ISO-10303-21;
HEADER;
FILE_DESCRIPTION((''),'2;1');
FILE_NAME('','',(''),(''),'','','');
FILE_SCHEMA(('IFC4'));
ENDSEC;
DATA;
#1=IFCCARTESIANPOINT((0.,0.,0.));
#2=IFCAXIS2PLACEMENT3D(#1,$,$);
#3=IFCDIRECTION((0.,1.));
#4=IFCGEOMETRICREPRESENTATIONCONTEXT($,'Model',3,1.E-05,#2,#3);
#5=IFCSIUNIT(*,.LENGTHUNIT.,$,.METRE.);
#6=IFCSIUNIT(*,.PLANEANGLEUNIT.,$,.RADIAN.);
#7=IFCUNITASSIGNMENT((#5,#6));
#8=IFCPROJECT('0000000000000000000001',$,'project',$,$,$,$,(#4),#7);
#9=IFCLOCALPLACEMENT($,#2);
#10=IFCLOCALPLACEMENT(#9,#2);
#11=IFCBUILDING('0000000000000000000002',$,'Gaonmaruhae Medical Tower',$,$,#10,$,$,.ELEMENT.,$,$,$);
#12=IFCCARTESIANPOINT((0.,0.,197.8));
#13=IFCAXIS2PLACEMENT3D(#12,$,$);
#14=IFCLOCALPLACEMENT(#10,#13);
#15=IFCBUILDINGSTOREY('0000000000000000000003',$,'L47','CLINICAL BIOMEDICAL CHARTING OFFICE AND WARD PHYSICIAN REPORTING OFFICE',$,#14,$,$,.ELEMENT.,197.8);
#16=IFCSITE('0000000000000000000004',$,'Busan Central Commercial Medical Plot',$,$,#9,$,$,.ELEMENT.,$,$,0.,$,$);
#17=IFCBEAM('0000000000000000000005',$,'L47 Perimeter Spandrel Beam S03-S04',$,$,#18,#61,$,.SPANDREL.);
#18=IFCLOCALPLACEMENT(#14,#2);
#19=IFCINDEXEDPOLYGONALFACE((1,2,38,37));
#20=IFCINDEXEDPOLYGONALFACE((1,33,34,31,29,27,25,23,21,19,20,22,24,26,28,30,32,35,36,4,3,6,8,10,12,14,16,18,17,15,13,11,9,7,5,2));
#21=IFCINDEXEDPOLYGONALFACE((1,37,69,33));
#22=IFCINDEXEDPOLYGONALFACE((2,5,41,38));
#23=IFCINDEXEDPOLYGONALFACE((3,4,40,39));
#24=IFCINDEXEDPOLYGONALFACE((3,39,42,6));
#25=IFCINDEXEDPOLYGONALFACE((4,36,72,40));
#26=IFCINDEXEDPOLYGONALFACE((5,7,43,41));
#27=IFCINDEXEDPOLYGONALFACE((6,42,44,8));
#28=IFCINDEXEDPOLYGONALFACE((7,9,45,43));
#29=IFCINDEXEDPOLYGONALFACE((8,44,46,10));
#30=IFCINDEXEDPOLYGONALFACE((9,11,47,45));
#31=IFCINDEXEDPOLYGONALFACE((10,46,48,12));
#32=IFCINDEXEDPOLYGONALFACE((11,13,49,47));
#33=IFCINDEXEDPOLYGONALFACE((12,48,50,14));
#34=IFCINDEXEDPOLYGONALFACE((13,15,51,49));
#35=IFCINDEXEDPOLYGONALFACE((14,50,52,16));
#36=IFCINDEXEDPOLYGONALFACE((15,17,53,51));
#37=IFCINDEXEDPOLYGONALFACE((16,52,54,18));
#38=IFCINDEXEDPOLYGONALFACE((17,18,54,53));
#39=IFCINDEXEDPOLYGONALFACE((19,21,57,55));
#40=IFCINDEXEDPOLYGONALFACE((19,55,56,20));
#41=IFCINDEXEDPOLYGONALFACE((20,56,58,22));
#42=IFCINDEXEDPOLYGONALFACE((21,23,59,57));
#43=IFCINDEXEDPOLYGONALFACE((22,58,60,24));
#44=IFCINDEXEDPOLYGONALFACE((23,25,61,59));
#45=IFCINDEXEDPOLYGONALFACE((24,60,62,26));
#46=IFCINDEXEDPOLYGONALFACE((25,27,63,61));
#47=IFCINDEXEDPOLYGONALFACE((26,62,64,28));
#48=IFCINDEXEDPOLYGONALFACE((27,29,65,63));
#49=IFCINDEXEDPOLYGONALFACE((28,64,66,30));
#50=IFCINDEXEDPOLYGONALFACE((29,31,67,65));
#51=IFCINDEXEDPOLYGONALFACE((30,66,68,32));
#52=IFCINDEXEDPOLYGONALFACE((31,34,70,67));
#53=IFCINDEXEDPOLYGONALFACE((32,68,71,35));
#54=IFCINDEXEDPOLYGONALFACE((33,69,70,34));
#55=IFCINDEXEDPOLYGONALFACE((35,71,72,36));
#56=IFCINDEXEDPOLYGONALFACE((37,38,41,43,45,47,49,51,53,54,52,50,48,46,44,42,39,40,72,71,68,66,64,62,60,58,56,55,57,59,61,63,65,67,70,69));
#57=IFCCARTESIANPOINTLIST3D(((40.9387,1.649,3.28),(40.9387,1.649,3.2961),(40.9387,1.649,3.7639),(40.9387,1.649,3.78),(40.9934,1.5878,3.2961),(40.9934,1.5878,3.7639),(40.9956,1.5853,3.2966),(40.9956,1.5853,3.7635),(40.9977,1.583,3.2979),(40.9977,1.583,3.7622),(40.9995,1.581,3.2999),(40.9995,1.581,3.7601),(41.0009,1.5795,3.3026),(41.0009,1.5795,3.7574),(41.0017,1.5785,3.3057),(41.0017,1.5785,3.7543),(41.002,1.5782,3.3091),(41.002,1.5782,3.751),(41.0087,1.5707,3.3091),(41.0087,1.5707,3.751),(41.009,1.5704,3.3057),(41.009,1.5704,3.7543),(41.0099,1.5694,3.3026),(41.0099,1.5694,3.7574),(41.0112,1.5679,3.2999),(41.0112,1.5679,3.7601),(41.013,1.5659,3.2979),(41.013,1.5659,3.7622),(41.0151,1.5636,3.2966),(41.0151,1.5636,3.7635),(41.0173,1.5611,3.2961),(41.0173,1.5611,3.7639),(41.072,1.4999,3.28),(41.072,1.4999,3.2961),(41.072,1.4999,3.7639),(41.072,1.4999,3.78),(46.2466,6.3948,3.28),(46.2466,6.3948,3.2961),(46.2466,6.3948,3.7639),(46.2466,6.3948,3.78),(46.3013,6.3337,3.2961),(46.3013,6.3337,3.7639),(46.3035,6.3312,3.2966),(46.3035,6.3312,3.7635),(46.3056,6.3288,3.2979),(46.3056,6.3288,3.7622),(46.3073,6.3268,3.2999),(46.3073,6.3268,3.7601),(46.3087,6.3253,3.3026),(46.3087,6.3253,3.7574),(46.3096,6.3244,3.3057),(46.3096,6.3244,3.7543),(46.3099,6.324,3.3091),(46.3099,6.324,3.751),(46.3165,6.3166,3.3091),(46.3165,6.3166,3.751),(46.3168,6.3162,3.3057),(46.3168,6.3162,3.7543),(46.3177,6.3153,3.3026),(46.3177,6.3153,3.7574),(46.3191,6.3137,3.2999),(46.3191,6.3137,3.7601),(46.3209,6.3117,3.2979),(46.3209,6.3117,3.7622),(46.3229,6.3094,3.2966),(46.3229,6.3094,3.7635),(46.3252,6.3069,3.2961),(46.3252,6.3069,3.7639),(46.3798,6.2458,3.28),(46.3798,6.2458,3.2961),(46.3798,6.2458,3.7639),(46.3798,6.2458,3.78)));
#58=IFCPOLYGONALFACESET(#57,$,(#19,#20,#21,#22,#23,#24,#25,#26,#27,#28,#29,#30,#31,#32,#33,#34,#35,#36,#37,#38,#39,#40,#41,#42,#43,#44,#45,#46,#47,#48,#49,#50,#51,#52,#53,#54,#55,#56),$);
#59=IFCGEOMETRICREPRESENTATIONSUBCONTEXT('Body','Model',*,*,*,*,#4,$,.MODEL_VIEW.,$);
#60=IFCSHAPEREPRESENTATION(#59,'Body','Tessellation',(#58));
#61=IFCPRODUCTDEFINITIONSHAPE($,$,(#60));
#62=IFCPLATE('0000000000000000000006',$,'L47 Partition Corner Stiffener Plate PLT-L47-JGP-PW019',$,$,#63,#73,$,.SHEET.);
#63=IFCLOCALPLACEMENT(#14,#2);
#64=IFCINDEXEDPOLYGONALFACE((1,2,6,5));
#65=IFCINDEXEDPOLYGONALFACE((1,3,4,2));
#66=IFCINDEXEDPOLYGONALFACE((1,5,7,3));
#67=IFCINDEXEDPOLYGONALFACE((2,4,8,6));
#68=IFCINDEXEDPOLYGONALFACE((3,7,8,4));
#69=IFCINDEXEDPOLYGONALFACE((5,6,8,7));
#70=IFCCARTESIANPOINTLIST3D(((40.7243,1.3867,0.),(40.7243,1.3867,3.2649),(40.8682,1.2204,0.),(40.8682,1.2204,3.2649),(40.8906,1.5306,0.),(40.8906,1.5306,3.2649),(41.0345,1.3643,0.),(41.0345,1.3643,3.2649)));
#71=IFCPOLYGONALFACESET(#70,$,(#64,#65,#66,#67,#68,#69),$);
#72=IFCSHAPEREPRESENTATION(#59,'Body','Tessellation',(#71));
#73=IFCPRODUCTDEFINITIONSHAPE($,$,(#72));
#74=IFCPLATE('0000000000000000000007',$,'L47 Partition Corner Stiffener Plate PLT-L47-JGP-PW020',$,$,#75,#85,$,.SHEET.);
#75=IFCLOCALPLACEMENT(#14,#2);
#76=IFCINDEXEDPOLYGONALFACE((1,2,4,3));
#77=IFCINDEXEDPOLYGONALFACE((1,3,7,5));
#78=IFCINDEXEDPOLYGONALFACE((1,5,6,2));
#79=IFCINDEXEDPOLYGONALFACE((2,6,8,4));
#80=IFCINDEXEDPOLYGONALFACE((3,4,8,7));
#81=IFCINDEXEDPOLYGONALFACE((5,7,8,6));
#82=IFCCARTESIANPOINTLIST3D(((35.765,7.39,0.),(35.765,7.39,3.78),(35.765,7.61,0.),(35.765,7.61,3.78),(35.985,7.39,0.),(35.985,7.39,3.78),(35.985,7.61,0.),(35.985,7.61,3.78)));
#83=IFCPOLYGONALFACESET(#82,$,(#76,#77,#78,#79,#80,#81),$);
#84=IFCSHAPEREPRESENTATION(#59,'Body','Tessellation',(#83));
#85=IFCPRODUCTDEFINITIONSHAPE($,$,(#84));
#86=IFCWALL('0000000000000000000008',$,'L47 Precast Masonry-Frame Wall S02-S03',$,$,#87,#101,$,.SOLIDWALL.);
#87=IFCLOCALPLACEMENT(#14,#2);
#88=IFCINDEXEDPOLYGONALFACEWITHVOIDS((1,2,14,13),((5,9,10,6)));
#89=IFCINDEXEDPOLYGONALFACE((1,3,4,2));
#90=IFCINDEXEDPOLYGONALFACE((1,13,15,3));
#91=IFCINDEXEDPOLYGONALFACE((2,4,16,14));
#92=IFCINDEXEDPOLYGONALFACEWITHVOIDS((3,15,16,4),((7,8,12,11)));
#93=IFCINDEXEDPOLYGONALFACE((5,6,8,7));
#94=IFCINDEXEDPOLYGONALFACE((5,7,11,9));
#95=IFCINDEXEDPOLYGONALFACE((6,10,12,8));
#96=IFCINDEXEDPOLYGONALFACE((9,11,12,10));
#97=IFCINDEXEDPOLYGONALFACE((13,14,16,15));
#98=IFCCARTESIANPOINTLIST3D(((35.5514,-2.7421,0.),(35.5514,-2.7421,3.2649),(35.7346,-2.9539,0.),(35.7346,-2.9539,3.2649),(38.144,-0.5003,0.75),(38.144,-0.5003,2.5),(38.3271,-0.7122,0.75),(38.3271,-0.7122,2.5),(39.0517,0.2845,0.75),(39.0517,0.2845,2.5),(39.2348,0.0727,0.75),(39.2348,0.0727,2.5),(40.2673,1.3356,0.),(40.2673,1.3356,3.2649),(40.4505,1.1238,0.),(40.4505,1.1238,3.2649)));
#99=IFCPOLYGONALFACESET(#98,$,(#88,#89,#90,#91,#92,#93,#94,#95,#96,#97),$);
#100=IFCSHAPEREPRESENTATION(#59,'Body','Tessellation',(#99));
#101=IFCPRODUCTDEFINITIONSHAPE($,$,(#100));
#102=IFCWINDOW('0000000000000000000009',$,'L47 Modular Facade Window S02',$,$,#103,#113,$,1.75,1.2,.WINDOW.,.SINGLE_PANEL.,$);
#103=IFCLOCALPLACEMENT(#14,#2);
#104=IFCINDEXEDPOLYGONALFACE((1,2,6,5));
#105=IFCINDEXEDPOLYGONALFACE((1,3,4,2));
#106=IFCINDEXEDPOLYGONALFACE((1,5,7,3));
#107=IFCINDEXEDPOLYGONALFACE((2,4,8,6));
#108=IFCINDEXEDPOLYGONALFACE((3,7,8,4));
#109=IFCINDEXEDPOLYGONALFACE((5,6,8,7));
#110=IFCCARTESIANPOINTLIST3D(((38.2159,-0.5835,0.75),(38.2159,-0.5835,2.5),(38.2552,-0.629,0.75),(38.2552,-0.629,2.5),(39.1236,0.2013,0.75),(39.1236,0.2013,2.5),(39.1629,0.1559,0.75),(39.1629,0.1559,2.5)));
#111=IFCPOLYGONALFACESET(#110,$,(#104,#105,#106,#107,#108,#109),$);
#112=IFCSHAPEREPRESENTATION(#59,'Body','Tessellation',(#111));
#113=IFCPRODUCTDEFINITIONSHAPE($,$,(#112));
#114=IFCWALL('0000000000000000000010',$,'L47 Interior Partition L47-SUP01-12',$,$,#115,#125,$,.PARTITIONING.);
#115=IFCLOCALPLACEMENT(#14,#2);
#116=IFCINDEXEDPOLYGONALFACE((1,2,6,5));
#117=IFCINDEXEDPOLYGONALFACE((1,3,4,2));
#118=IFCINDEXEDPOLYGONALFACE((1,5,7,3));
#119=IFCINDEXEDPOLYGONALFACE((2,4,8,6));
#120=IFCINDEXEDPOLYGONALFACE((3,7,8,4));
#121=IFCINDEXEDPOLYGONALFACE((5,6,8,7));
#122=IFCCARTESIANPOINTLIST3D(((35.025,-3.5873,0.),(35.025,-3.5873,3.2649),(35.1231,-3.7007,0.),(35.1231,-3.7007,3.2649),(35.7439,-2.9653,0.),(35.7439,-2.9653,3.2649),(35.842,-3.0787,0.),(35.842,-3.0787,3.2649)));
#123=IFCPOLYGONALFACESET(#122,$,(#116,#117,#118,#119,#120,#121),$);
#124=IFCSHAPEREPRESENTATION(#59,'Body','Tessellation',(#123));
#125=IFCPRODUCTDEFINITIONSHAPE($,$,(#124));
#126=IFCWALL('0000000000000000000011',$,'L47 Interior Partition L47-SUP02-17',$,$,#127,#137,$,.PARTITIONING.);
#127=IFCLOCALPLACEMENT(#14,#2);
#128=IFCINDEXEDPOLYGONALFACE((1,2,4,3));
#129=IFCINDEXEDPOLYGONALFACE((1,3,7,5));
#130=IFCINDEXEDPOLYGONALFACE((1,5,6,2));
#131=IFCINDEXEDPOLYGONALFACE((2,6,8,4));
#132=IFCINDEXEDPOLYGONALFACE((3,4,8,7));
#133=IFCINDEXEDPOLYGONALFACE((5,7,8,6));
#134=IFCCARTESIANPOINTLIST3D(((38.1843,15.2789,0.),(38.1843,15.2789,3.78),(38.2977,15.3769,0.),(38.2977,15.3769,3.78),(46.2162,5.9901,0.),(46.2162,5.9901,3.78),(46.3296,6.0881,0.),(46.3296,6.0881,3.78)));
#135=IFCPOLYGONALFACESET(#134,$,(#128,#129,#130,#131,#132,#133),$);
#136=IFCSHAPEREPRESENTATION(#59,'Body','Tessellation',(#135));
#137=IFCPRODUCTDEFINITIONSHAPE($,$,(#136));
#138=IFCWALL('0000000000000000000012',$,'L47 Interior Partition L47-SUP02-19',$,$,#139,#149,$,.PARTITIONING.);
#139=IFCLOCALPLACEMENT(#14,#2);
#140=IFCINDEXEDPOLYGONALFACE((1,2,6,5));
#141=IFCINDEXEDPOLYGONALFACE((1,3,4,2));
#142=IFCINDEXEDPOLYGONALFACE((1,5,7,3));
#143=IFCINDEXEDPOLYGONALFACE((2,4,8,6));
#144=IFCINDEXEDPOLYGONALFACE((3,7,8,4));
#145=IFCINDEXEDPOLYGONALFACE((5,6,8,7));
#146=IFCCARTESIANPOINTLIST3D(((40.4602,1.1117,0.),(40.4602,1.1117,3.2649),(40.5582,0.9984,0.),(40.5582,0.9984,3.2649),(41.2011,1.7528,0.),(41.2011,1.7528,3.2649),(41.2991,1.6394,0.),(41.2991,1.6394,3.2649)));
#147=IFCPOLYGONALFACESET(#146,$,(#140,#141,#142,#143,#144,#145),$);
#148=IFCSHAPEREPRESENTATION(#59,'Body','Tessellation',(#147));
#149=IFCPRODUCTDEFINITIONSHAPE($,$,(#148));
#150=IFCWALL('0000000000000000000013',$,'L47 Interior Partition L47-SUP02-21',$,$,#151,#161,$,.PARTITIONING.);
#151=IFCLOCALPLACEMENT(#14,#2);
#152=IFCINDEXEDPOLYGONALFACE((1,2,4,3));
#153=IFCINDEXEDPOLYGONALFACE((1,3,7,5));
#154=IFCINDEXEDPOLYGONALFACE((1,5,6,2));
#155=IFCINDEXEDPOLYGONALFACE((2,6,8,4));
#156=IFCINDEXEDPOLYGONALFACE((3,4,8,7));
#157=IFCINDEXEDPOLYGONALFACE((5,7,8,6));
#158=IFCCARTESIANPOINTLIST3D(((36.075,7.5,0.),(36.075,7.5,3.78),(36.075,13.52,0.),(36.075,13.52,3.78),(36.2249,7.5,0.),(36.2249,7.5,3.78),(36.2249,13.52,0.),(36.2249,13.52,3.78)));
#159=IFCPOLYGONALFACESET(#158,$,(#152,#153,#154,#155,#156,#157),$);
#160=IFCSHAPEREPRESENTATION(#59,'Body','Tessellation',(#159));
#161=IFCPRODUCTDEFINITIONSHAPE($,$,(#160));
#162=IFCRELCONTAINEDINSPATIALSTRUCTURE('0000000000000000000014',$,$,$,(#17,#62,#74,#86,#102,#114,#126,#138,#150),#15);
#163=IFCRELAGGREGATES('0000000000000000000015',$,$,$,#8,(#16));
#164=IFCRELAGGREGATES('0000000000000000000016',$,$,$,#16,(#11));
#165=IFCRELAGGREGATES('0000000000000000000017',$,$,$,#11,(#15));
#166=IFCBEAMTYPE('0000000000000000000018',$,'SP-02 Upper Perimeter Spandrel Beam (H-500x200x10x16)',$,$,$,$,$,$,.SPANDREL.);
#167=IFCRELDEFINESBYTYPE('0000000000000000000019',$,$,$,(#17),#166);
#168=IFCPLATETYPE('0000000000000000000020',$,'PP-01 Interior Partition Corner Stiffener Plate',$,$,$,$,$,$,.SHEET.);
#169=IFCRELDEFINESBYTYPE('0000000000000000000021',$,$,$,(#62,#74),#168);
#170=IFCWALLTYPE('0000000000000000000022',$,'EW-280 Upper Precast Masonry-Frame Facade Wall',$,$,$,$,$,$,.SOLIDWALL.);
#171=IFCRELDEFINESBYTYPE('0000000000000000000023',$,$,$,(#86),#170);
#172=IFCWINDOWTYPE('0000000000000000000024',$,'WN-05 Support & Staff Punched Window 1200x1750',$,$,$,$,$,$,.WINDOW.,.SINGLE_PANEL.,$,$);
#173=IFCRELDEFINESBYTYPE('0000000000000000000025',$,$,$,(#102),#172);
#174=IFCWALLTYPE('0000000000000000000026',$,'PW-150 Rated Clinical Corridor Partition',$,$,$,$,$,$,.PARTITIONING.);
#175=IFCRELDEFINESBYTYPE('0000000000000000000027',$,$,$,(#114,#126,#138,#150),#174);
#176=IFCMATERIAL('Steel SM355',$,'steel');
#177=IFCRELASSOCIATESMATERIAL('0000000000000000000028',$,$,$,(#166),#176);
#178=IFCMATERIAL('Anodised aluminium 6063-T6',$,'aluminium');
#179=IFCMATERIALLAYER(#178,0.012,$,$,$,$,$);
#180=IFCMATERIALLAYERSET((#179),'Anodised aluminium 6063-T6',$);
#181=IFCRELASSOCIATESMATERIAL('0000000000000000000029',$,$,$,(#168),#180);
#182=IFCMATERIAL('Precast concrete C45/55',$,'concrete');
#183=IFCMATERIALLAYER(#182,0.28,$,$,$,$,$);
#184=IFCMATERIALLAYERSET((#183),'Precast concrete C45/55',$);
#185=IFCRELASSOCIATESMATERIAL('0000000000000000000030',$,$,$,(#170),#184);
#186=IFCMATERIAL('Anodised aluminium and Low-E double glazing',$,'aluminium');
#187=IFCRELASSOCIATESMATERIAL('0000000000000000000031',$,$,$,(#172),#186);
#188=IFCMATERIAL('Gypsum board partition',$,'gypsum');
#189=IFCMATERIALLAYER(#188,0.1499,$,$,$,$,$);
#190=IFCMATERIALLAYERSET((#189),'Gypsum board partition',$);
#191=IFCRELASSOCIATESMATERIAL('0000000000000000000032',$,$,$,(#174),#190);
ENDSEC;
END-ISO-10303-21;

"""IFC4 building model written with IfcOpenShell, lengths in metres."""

from ifc_helpers import new_model, si_unit, direction, frame, frame_2d, origin, origin_2d, place, context, subcontext, project, spatial, rectangle, i_section, extrude, material, layer, layer_set, material_profile, profile_set, type_object, element, fill, save


model = new_model("IFC4")

# Units and contexts
model_context = context("Model", 3, precision=1e-05, world=origin(), true_north=direction((0.0, 1.0)))
body_context = subcontext(model_context, "Body", "Model", "MODEL_VIEW")
ifc_project = project(units=[si_unit("LENGTHUNIT", "METRE"), si_unit("PLANEANGLEUNIT", "RADIAN")], contexts=[model_context])

# Site, building, storey
site_placement = place(None, origin())
site = spatial("IfcSite", under=ifc_project, at=site_placement, Name="Busan Central Commercial Medical Plot", CompositionType="ELEMENT", RefElevation=0.0)
building_placement = place(site_placement, origin())
building = spatial("IfcBuilding", under=site, at=building_placement, Name="Gaonmaruhae Medical Tower", CompositionType="ELEMENT")
storey_placement = place(building_placement, frame((0.0, 0.0, 197.8)))
storey = spatial("IfcBuildingStorey", under=building, at=storey_placement, Name="L47", Description="CLINICAL BIOMEDICAL CHARTING OFFICE AND WARD PHYSICIAN REPORTING OFFICE", CompositionType="ELEMENT", Elevation=197.8)

# Beam
ifc_material_1 = material(Name="Steel SM355", Category="steel")
ifc_material_profile_1 = material_profile(ifc_material_1, i_section(OverallWidth=0.2, OverallDepth=0.5, WebThickness=0.01, FlangeThickness=0.0161, FilletRadius=0.0129, at=origin_2d()), Name="H-500x200x10x16")
ifc_profile_set_1 = profile_set([ifc_material_profile_1], Name="Steel SM355")
beam_type_1 = type_object("IfcBeamType", Name="SP-02 Upper Perimeter Spandrel Beam (H-500x200x10x16)", PredefinedType="SPANDREL", material=ifc_profile_set_1)
for number, where, z_axis, x_axis, name in (
    (1, (41.0054, 1.5745, 3.53), (0.745471, 0.666538, 0.0), (-0.666538, 0.745471, 0.0), "L47 Perimeter Spandrel Beam S03-S04"),
):
    element("IfcBeam", number, at=place(storey_placement, frame(where, z_axis=z_axis, x_axis=x_axis)), inside=storey, type_object=beam_type_1, Name=name, PredefinedType="SPANDREL", context=body_context, shape_type="SweptSolid", body=[
        extrude(i_section(OverallWidth=0.2, OverallDepth=0.5, WebThickness=0.01, FlangeThickness=0.0161, FilletRadius=0.0129, at=origin_2d()), origin(), (0.0, 0.0, 1.0), 7.1201),
    ])

# Plates
ifc_material_2 = material(Name="Anodised aluminium 6063-T6", Category="aluminium")
ifc_layer_1 = layer(ifc_material_2, 0.012)
ifc_layer_set_1 = layer_set([ifc_layer_1], Name="Anodised aluminium 6063-T6")
plate_type = type_object("IfcPlateType", Name="PP-01 Interior Partition Corner Stiffener Plate", PredefinedType="SHEET", material=ifc_layer_set_1)
plate_1_placement = place(storey_placement, frame((40.8794, 1.3755, 0.0), z_axis=(0.0, 0.0, 1.0), x_axis=(-0.756299, -0.654226, 0.0)))
element("IfcPlate", 2, at=plate_1_placement, inside=storey, type_object=plate_type, Name="L47 Partition Corner Stiffener Plate PLT-L47-JGP-PW019", PredefinedType="SHEET", context=body_context, shape_type="SweptSolid", body=[
    extrude(rectangle(XDim=0.22, YDim=0.22, at=origin_2d()), origin(), (0.0, 0.0, 1.0), 3.2649),
])
plate_2_placement = place(storey_placement, frame((35.875, 7.5, 0.0), z_axis=(0.0, 0.0, 1.0), x_axis=(1.0, 0.0, 0.0)))
element("IfcPlate", 3, at=plate_2_placement, inside=storey, type_object=plate_type, Name="L47 Partition Corner Stiffener Plate PLT-L47-JGP-PW020", PredefinedType="SHEET", context=body_context, shape_type="SweptSolid", body=[
    extrude(rectangle(XDim=0.22, YDim=0.22, at=origin_2d()), origin(), (0.0, 0.0, 1.0), 3.78),
])

# Wall, opening, window
ifc_material_3 = material(Name="Precast concrete C45/55", Category="concrete")
ifc_layer_2 = layer(ifc_material_3, 0.28)
ifc_layer_set_2 = layer_set([ifc_layer_2], Name="Precast concrete C45/55")
wall_type_1 = type_object("IfcWallType", Name="EW-280 Upper Precast Masonry-Frame Facade Wall", PredefinedType="SOLIDWALL", material=ifc_layer_set_2)
wall_1_placement = place(storey_placement, frame((40.3589, 1.2297, 0.0), z_axis=(0.0, 0.0, 1.0), x_axis=(-0.756435, -0.654068, 0.0)))
wall_1 = element("IfcWall", 4, at=wall_1_placement, inside=storey, type_object=wall_type_1, Name="L47 Precast Masonry-Frame Wall S02-S03", PredefinedType="SOLIDWALL", context=body_context, shape_type="SweptSolid", body=[
    extrude(rectangle(XDim=6.2344, YDim=0.28, at=frame_2d((3.1172, 0.0))), origin(), (0.0, 0.0, 1.0), 3.2649),
])
opening_1_placement = place(wall_1_placement, frame((1.6069, 0.0, 0.75)))
opening_1 = element("IfcOpeningElement", 5, at=opening_1_placement, cuts=wall_1, PredefinedType="OPENING", context=body_context, shape_type="SweptSolid", body=[
    extrude(rectangle(XDim=1.2, YDim=1.75, at=frame_2d((0.6001, 0.875))), frame((0.0, 0.1499, 0.0), z_axis=(0.0, -1.0, 0.0), x_axis=(1.0, 0.0, 0.0)), (0.0, 0.0, 1.0), 0.3),
])
ifc_material_4 = material(Name="Anodised aluminium and Low-E double glazing", Category="aluminium")
window_type = type_object("IfcWindowType", Name="WN-05 Support & Staff Punched Window 1200x1750", PartitioningType="SINGLE_PANEL", PredefinedType="WINDOW", material=ifc_material_4)
window_placement = place(opening_1_placement, origin())
window = element("IfcWindow", 6, at=window_placement, inside=storey, type_object=window_type, Name="L47 Modular Facade Window S02", OverallHeight=1.75, OverallWidth=1.2, PartitioningType="SINGLE_PANEL", PredefinedType="WINDOW", context=body_context, shape_type="SweptSolid", body=[
    extrude(rectangle(XDim=1.2, YDim=1.75, at=frame_2d((0.6001, 0.875))), frame((0.0, 0.03, 0.0), z_axis=(0.0, -1.0, 0.0), x_axis=(1.0, 0.0, 0.0)), (0.0, 0.0, 1.0), 0.0601),
])
fill(opening_1, window)

# Wall
ifc_material_5 = material(Name="Gypsum board partition", Category="gypsum")
ifc_layer_3 = layer(ifc_material_5, 0.1499)
ifc_layer_set_3 = layer_set([ifc_layer_3], Name="Gypsum board partition")
wall_type_2 = type_object("IfcWallType", Name="PW-150 Rated Clinical Corridor Partition", PredefinedType="PARTITIONING", material=ifc_layer_set_3)
wall_2_placement = place(storey_placement, frame((35.793, -3.022, 0.0), z_axis=(0.0, 0.0, 1.0), x_axis=(-0.75624, -0.654295, 0.0)))
element("IfcWall", 7, at=wall_2_placement, inside=storey, type_object=wall_type_2, Name="L47 Interior Partition L47-SUP01-12", PredefinedType="PARTITIONING", context=body_context, shape_type="SweptSolid", body=[
    extrude(rectangle(XDim=0.9507, YDim=0.1499, at=frame_2d((0.4753, 0.0))), origin(), (0.0, 0.0, 1.0), 3.2649),
])

# Walls
wall_3_placement = place(storey_placement, frame((38.241, 15.3279, 0.0), z_axis=(0.0, 0.0, 1.0), x_axis=(0.654078, -0.756427, 0.0)))
element("IfcWall", 8, at=wall_3_placement, inside=storey, type_object=wall_type_2, Name="L47 Interior Partition L47-SUP02-17", PredefinedType="PARTITIONING", context=body_context, shape_type="SweptSolid", body=[
    extrude(rectangle(XDim=12.2798, YDim=0.1499, at=frame_2d((6.1399, 0.0))), origin(), (0.0, 0.0, 1.0), 3.78),
])
wall_4_placement = place(storey_placement, frame((41.25, 1.696, 0.0), z_axis=(0.0, 0.0, 1.0), x_axis=(-0.756223, -0.654314, 0.0)))
element("IfcWall", 9, at=wall_4_placement, inside=storey, type_object=wall_type_2, Name="L47 Interior Partition L47-SUP02-19", PredefinedType="PARTITIONING", context=body_context, shape_type="SweptSolid", body=[
    extrude(rectangle(XDim=0.9797, YDim=0.1499, at=frame_2d((0.4897, 0.0))), origin(), (0.0, 0.0, 1.0), 3.2649),
])
wall_5_placement = place(storey_placement, frame((36.1499, 7.5, 0.0), z_axis=(0.0, 0.0, 1.0), x_axis=(0.0, 1.0, 0.0)))
element("IfcWall", 10, at=wall_5_placement, inside=storey, type_object=wall_type_2, Name="L47 Interior Partition L47-SUP02-21", PredefinedType="PARTITIONING", context=body_context, shape_type="SweptSolid", body=[
    extrude(rectangle(XDim=6.02, YDim=0.1499, at=frame_2d((3.01, 0.0))), origin(), (0.0, 0.0, 1.0), 3.78),
])

save(model, "model.ifc")
